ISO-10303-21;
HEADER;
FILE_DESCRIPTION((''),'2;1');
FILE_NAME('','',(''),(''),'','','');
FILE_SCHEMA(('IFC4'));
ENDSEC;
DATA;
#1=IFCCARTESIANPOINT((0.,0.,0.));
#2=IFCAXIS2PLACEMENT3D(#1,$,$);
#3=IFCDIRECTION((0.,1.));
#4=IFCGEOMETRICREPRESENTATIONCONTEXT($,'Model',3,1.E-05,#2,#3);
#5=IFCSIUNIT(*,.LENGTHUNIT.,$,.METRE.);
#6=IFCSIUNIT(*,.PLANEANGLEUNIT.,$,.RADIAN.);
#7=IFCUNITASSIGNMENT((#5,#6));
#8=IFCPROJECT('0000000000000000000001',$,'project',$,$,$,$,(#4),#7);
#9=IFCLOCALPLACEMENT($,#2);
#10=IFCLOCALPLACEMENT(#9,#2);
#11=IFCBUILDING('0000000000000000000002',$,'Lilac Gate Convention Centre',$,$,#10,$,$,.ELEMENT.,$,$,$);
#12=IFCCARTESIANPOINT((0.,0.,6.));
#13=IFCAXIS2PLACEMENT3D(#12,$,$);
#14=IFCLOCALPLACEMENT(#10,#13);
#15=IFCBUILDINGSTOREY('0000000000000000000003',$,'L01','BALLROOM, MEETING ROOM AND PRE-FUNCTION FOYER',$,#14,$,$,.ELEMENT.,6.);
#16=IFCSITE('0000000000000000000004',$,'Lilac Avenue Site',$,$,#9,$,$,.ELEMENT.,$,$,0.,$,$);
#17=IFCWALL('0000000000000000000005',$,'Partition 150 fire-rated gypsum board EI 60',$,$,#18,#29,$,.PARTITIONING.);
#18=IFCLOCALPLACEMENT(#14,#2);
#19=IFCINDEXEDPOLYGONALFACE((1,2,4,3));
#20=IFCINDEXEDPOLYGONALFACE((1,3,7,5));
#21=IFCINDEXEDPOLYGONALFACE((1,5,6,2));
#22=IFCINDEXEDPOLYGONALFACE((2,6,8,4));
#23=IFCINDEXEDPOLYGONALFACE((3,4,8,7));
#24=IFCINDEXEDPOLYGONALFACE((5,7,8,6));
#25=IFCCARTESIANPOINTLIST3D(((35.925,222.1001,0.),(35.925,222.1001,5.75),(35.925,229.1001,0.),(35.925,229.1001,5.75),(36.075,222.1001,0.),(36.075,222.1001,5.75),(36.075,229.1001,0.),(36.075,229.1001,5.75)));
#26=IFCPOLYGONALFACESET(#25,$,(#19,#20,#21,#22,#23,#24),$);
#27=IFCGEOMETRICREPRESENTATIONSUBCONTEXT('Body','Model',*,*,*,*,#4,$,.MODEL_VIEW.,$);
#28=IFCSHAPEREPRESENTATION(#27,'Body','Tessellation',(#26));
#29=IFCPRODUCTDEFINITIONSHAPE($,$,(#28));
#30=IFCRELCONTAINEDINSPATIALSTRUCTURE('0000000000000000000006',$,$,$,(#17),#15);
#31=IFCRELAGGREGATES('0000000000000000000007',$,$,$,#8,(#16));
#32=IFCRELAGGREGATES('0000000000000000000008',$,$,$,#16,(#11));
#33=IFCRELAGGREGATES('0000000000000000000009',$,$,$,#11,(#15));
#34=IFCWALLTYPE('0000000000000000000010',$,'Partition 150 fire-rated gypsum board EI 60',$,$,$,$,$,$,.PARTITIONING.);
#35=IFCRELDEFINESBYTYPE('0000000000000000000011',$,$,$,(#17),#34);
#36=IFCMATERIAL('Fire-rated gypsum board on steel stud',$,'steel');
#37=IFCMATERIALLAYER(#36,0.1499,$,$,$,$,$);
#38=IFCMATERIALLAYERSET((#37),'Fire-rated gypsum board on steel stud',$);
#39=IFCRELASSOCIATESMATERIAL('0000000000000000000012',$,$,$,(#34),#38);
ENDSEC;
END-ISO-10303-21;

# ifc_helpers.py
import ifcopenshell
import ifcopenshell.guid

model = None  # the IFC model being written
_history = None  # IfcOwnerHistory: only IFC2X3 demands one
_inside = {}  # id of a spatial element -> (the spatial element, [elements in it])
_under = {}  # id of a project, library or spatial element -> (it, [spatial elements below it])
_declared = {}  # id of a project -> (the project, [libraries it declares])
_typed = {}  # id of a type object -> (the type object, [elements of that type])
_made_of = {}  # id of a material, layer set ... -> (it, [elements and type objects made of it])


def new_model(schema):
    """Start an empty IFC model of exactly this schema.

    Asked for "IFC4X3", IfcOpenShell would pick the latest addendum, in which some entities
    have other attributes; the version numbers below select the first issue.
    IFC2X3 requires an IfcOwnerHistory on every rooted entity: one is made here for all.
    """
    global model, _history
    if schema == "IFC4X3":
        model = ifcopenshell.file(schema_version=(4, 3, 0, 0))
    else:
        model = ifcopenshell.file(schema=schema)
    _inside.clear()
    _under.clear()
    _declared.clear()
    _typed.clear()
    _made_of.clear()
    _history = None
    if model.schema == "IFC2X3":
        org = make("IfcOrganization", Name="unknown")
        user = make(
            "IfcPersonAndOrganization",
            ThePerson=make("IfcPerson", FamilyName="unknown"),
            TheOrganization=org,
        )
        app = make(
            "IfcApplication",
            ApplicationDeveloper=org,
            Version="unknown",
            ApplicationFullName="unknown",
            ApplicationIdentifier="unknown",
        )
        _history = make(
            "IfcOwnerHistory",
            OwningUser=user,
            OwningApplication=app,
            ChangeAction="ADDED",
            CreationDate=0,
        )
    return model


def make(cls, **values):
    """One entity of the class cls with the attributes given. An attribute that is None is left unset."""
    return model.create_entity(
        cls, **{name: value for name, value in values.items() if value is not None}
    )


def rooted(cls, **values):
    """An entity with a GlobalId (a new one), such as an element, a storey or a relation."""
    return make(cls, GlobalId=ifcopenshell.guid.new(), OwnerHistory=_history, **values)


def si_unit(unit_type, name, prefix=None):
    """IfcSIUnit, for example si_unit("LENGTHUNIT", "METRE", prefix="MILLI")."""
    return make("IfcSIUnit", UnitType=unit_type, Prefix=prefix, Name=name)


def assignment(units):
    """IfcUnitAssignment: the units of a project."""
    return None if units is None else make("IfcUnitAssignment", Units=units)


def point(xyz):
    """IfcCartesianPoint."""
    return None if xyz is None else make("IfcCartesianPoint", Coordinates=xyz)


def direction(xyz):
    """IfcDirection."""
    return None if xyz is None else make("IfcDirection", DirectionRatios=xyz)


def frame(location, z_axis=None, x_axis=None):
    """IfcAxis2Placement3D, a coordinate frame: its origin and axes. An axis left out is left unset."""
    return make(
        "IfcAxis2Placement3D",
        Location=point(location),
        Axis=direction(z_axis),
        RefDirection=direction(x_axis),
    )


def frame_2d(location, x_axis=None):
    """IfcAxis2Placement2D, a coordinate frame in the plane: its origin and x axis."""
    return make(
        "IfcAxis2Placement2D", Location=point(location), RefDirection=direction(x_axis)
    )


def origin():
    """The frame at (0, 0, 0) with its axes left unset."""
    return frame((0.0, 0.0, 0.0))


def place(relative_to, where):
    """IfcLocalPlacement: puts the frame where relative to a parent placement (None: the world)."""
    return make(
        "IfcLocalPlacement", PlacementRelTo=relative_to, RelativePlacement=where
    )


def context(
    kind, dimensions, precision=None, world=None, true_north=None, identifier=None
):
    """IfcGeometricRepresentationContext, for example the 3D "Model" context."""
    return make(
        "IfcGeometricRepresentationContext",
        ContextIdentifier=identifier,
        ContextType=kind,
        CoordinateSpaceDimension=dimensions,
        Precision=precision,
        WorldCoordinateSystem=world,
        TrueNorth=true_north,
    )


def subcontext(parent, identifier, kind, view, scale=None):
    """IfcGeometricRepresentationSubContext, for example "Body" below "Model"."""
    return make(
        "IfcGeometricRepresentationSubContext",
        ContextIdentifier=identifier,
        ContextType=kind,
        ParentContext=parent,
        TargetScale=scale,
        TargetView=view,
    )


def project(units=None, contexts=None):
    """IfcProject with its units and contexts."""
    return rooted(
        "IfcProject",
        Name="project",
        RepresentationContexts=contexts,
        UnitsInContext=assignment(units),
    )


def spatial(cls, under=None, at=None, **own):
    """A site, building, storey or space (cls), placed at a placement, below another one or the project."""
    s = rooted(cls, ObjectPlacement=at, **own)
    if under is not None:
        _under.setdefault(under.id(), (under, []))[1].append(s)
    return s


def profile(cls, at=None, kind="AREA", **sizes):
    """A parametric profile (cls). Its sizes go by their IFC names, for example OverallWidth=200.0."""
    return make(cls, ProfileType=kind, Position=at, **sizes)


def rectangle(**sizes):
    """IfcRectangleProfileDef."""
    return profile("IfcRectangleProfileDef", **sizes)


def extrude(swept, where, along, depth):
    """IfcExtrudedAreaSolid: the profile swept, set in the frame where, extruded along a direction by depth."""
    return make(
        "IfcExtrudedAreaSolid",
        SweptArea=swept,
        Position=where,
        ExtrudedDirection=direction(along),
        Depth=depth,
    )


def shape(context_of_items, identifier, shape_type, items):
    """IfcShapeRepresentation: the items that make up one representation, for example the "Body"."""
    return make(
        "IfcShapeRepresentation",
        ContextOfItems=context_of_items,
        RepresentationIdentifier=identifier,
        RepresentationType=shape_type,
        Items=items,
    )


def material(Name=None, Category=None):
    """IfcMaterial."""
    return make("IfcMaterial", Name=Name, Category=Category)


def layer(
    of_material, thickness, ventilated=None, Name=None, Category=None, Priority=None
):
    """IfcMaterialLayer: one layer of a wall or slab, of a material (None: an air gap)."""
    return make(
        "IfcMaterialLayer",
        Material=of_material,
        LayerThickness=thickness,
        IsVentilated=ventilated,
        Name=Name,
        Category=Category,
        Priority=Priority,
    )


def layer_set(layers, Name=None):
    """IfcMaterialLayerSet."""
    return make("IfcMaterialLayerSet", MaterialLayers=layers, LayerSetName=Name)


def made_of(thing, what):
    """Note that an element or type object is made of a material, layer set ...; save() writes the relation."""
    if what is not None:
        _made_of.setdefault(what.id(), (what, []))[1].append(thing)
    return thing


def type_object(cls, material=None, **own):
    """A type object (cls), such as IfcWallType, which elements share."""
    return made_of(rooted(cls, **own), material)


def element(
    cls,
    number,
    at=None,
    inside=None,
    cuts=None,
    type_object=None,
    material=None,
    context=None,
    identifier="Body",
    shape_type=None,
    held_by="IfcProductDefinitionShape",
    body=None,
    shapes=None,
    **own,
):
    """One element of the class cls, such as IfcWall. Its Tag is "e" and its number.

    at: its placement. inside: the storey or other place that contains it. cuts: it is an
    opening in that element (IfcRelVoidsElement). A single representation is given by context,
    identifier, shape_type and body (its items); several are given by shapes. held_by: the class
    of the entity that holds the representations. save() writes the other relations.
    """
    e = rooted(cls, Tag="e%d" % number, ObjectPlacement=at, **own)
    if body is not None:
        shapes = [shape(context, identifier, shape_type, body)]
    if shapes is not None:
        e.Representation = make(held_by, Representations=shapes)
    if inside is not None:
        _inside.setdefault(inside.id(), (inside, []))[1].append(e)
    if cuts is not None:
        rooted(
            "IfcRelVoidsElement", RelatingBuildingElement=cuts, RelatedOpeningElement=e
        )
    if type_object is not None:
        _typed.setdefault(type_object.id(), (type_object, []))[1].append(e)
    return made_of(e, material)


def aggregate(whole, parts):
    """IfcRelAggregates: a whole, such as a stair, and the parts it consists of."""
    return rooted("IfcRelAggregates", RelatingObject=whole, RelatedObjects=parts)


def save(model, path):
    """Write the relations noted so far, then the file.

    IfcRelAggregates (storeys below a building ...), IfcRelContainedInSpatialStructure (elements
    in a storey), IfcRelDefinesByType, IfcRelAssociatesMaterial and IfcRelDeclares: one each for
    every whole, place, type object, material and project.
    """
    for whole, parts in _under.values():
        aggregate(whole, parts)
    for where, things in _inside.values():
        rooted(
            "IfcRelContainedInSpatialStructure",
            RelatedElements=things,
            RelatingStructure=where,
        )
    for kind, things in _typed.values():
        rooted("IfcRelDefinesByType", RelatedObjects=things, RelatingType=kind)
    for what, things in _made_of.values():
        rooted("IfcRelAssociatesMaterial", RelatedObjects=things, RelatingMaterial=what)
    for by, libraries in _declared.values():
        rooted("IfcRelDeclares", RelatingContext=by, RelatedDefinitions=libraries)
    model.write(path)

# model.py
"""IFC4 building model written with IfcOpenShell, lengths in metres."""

from ifc_helpers import new_model, si_unit, direction, frame, frame_2d, origin, place, context, subcontext, project, spatial, rectangle, extrude, material, layer, layer_set, type_object, element, save


model = new_model("IFC4")

# Units and contexts
model_context = context("Model", 3, precision=1e-05, world=origin(), true_north=direction((0.0, 1.0)))
body_context = subcontext(model_context, "Body", "Model", "MODEL_VIEW")
ifc_project = project(units=[si_unit("LENGTHUNIT", "METRE"), si_unit("PLANEANGLEUNIT", "RADIAN")], contexts=[model_context])

# Site, building, storey
site_placement = place(None, origin())
site = spatial("IfcSite", under=ifc_project, at=site_placement, Name="Lilac Avenue Site", CompositionType="ELEMENT", RefElevation=0.0)
building_placement = place(site_placement, origin())
building = spatial("IfcBuilding", under=site, at=building_placement, Name="Lilac Gate Convention Centre", CompositionType="ELEMENT")
storey_placement = place(building_placement, frame((0.0, 0.0, 6.0)))
storey = spatial("IfcBuildingStorey", under=building, at=storey_placement, Name="L01", Description="BALLROOM, MEETING ROOM AND PRE-FUNCTION FOYER", CompositionType="ELEMENT", Elevation=6.0)

# Wall
ifc_material_1 = material(Name="Fire-rated gypsum board on steel stud", Category="steel")
ifc_layer_1 = layer(ifc_material_1, 0.1499)
ifc_layer_set_1 = layer_set([ifc_layer_1], Name="Fire-rated gypsum board on steel stud")
wall_type_1 = type_object("IfcWallType", Name="Partition 150 fire-rated gypsum board EI 60", PredefinedType="PARTITIONING", material=ifc_layer_set_1)
wall_1_placement = place(storey_placement, frame((36.0, 222.1001, 0.0), z_axis=(0.0, 0.0, 1.0), x_axis=(0.0, 1.0, 0.0)))
element("IfcWall", 1, at=wall_1_placement, inside=storey, type_object=wall_type_1, Name="Partition 150 fire-rated gypsum board EI 60", PredefinedType="PARTITIONING", context=body_context, shape_type="SweptSolid", body=[
    extrude(rectangle(XDim=7.0, YDim=0.1499, at=frame_2d((3.5, 0.0))), origin(), (0.0, 0.0, 1.0), 5.75),
])

save(model, "model.ifc")
